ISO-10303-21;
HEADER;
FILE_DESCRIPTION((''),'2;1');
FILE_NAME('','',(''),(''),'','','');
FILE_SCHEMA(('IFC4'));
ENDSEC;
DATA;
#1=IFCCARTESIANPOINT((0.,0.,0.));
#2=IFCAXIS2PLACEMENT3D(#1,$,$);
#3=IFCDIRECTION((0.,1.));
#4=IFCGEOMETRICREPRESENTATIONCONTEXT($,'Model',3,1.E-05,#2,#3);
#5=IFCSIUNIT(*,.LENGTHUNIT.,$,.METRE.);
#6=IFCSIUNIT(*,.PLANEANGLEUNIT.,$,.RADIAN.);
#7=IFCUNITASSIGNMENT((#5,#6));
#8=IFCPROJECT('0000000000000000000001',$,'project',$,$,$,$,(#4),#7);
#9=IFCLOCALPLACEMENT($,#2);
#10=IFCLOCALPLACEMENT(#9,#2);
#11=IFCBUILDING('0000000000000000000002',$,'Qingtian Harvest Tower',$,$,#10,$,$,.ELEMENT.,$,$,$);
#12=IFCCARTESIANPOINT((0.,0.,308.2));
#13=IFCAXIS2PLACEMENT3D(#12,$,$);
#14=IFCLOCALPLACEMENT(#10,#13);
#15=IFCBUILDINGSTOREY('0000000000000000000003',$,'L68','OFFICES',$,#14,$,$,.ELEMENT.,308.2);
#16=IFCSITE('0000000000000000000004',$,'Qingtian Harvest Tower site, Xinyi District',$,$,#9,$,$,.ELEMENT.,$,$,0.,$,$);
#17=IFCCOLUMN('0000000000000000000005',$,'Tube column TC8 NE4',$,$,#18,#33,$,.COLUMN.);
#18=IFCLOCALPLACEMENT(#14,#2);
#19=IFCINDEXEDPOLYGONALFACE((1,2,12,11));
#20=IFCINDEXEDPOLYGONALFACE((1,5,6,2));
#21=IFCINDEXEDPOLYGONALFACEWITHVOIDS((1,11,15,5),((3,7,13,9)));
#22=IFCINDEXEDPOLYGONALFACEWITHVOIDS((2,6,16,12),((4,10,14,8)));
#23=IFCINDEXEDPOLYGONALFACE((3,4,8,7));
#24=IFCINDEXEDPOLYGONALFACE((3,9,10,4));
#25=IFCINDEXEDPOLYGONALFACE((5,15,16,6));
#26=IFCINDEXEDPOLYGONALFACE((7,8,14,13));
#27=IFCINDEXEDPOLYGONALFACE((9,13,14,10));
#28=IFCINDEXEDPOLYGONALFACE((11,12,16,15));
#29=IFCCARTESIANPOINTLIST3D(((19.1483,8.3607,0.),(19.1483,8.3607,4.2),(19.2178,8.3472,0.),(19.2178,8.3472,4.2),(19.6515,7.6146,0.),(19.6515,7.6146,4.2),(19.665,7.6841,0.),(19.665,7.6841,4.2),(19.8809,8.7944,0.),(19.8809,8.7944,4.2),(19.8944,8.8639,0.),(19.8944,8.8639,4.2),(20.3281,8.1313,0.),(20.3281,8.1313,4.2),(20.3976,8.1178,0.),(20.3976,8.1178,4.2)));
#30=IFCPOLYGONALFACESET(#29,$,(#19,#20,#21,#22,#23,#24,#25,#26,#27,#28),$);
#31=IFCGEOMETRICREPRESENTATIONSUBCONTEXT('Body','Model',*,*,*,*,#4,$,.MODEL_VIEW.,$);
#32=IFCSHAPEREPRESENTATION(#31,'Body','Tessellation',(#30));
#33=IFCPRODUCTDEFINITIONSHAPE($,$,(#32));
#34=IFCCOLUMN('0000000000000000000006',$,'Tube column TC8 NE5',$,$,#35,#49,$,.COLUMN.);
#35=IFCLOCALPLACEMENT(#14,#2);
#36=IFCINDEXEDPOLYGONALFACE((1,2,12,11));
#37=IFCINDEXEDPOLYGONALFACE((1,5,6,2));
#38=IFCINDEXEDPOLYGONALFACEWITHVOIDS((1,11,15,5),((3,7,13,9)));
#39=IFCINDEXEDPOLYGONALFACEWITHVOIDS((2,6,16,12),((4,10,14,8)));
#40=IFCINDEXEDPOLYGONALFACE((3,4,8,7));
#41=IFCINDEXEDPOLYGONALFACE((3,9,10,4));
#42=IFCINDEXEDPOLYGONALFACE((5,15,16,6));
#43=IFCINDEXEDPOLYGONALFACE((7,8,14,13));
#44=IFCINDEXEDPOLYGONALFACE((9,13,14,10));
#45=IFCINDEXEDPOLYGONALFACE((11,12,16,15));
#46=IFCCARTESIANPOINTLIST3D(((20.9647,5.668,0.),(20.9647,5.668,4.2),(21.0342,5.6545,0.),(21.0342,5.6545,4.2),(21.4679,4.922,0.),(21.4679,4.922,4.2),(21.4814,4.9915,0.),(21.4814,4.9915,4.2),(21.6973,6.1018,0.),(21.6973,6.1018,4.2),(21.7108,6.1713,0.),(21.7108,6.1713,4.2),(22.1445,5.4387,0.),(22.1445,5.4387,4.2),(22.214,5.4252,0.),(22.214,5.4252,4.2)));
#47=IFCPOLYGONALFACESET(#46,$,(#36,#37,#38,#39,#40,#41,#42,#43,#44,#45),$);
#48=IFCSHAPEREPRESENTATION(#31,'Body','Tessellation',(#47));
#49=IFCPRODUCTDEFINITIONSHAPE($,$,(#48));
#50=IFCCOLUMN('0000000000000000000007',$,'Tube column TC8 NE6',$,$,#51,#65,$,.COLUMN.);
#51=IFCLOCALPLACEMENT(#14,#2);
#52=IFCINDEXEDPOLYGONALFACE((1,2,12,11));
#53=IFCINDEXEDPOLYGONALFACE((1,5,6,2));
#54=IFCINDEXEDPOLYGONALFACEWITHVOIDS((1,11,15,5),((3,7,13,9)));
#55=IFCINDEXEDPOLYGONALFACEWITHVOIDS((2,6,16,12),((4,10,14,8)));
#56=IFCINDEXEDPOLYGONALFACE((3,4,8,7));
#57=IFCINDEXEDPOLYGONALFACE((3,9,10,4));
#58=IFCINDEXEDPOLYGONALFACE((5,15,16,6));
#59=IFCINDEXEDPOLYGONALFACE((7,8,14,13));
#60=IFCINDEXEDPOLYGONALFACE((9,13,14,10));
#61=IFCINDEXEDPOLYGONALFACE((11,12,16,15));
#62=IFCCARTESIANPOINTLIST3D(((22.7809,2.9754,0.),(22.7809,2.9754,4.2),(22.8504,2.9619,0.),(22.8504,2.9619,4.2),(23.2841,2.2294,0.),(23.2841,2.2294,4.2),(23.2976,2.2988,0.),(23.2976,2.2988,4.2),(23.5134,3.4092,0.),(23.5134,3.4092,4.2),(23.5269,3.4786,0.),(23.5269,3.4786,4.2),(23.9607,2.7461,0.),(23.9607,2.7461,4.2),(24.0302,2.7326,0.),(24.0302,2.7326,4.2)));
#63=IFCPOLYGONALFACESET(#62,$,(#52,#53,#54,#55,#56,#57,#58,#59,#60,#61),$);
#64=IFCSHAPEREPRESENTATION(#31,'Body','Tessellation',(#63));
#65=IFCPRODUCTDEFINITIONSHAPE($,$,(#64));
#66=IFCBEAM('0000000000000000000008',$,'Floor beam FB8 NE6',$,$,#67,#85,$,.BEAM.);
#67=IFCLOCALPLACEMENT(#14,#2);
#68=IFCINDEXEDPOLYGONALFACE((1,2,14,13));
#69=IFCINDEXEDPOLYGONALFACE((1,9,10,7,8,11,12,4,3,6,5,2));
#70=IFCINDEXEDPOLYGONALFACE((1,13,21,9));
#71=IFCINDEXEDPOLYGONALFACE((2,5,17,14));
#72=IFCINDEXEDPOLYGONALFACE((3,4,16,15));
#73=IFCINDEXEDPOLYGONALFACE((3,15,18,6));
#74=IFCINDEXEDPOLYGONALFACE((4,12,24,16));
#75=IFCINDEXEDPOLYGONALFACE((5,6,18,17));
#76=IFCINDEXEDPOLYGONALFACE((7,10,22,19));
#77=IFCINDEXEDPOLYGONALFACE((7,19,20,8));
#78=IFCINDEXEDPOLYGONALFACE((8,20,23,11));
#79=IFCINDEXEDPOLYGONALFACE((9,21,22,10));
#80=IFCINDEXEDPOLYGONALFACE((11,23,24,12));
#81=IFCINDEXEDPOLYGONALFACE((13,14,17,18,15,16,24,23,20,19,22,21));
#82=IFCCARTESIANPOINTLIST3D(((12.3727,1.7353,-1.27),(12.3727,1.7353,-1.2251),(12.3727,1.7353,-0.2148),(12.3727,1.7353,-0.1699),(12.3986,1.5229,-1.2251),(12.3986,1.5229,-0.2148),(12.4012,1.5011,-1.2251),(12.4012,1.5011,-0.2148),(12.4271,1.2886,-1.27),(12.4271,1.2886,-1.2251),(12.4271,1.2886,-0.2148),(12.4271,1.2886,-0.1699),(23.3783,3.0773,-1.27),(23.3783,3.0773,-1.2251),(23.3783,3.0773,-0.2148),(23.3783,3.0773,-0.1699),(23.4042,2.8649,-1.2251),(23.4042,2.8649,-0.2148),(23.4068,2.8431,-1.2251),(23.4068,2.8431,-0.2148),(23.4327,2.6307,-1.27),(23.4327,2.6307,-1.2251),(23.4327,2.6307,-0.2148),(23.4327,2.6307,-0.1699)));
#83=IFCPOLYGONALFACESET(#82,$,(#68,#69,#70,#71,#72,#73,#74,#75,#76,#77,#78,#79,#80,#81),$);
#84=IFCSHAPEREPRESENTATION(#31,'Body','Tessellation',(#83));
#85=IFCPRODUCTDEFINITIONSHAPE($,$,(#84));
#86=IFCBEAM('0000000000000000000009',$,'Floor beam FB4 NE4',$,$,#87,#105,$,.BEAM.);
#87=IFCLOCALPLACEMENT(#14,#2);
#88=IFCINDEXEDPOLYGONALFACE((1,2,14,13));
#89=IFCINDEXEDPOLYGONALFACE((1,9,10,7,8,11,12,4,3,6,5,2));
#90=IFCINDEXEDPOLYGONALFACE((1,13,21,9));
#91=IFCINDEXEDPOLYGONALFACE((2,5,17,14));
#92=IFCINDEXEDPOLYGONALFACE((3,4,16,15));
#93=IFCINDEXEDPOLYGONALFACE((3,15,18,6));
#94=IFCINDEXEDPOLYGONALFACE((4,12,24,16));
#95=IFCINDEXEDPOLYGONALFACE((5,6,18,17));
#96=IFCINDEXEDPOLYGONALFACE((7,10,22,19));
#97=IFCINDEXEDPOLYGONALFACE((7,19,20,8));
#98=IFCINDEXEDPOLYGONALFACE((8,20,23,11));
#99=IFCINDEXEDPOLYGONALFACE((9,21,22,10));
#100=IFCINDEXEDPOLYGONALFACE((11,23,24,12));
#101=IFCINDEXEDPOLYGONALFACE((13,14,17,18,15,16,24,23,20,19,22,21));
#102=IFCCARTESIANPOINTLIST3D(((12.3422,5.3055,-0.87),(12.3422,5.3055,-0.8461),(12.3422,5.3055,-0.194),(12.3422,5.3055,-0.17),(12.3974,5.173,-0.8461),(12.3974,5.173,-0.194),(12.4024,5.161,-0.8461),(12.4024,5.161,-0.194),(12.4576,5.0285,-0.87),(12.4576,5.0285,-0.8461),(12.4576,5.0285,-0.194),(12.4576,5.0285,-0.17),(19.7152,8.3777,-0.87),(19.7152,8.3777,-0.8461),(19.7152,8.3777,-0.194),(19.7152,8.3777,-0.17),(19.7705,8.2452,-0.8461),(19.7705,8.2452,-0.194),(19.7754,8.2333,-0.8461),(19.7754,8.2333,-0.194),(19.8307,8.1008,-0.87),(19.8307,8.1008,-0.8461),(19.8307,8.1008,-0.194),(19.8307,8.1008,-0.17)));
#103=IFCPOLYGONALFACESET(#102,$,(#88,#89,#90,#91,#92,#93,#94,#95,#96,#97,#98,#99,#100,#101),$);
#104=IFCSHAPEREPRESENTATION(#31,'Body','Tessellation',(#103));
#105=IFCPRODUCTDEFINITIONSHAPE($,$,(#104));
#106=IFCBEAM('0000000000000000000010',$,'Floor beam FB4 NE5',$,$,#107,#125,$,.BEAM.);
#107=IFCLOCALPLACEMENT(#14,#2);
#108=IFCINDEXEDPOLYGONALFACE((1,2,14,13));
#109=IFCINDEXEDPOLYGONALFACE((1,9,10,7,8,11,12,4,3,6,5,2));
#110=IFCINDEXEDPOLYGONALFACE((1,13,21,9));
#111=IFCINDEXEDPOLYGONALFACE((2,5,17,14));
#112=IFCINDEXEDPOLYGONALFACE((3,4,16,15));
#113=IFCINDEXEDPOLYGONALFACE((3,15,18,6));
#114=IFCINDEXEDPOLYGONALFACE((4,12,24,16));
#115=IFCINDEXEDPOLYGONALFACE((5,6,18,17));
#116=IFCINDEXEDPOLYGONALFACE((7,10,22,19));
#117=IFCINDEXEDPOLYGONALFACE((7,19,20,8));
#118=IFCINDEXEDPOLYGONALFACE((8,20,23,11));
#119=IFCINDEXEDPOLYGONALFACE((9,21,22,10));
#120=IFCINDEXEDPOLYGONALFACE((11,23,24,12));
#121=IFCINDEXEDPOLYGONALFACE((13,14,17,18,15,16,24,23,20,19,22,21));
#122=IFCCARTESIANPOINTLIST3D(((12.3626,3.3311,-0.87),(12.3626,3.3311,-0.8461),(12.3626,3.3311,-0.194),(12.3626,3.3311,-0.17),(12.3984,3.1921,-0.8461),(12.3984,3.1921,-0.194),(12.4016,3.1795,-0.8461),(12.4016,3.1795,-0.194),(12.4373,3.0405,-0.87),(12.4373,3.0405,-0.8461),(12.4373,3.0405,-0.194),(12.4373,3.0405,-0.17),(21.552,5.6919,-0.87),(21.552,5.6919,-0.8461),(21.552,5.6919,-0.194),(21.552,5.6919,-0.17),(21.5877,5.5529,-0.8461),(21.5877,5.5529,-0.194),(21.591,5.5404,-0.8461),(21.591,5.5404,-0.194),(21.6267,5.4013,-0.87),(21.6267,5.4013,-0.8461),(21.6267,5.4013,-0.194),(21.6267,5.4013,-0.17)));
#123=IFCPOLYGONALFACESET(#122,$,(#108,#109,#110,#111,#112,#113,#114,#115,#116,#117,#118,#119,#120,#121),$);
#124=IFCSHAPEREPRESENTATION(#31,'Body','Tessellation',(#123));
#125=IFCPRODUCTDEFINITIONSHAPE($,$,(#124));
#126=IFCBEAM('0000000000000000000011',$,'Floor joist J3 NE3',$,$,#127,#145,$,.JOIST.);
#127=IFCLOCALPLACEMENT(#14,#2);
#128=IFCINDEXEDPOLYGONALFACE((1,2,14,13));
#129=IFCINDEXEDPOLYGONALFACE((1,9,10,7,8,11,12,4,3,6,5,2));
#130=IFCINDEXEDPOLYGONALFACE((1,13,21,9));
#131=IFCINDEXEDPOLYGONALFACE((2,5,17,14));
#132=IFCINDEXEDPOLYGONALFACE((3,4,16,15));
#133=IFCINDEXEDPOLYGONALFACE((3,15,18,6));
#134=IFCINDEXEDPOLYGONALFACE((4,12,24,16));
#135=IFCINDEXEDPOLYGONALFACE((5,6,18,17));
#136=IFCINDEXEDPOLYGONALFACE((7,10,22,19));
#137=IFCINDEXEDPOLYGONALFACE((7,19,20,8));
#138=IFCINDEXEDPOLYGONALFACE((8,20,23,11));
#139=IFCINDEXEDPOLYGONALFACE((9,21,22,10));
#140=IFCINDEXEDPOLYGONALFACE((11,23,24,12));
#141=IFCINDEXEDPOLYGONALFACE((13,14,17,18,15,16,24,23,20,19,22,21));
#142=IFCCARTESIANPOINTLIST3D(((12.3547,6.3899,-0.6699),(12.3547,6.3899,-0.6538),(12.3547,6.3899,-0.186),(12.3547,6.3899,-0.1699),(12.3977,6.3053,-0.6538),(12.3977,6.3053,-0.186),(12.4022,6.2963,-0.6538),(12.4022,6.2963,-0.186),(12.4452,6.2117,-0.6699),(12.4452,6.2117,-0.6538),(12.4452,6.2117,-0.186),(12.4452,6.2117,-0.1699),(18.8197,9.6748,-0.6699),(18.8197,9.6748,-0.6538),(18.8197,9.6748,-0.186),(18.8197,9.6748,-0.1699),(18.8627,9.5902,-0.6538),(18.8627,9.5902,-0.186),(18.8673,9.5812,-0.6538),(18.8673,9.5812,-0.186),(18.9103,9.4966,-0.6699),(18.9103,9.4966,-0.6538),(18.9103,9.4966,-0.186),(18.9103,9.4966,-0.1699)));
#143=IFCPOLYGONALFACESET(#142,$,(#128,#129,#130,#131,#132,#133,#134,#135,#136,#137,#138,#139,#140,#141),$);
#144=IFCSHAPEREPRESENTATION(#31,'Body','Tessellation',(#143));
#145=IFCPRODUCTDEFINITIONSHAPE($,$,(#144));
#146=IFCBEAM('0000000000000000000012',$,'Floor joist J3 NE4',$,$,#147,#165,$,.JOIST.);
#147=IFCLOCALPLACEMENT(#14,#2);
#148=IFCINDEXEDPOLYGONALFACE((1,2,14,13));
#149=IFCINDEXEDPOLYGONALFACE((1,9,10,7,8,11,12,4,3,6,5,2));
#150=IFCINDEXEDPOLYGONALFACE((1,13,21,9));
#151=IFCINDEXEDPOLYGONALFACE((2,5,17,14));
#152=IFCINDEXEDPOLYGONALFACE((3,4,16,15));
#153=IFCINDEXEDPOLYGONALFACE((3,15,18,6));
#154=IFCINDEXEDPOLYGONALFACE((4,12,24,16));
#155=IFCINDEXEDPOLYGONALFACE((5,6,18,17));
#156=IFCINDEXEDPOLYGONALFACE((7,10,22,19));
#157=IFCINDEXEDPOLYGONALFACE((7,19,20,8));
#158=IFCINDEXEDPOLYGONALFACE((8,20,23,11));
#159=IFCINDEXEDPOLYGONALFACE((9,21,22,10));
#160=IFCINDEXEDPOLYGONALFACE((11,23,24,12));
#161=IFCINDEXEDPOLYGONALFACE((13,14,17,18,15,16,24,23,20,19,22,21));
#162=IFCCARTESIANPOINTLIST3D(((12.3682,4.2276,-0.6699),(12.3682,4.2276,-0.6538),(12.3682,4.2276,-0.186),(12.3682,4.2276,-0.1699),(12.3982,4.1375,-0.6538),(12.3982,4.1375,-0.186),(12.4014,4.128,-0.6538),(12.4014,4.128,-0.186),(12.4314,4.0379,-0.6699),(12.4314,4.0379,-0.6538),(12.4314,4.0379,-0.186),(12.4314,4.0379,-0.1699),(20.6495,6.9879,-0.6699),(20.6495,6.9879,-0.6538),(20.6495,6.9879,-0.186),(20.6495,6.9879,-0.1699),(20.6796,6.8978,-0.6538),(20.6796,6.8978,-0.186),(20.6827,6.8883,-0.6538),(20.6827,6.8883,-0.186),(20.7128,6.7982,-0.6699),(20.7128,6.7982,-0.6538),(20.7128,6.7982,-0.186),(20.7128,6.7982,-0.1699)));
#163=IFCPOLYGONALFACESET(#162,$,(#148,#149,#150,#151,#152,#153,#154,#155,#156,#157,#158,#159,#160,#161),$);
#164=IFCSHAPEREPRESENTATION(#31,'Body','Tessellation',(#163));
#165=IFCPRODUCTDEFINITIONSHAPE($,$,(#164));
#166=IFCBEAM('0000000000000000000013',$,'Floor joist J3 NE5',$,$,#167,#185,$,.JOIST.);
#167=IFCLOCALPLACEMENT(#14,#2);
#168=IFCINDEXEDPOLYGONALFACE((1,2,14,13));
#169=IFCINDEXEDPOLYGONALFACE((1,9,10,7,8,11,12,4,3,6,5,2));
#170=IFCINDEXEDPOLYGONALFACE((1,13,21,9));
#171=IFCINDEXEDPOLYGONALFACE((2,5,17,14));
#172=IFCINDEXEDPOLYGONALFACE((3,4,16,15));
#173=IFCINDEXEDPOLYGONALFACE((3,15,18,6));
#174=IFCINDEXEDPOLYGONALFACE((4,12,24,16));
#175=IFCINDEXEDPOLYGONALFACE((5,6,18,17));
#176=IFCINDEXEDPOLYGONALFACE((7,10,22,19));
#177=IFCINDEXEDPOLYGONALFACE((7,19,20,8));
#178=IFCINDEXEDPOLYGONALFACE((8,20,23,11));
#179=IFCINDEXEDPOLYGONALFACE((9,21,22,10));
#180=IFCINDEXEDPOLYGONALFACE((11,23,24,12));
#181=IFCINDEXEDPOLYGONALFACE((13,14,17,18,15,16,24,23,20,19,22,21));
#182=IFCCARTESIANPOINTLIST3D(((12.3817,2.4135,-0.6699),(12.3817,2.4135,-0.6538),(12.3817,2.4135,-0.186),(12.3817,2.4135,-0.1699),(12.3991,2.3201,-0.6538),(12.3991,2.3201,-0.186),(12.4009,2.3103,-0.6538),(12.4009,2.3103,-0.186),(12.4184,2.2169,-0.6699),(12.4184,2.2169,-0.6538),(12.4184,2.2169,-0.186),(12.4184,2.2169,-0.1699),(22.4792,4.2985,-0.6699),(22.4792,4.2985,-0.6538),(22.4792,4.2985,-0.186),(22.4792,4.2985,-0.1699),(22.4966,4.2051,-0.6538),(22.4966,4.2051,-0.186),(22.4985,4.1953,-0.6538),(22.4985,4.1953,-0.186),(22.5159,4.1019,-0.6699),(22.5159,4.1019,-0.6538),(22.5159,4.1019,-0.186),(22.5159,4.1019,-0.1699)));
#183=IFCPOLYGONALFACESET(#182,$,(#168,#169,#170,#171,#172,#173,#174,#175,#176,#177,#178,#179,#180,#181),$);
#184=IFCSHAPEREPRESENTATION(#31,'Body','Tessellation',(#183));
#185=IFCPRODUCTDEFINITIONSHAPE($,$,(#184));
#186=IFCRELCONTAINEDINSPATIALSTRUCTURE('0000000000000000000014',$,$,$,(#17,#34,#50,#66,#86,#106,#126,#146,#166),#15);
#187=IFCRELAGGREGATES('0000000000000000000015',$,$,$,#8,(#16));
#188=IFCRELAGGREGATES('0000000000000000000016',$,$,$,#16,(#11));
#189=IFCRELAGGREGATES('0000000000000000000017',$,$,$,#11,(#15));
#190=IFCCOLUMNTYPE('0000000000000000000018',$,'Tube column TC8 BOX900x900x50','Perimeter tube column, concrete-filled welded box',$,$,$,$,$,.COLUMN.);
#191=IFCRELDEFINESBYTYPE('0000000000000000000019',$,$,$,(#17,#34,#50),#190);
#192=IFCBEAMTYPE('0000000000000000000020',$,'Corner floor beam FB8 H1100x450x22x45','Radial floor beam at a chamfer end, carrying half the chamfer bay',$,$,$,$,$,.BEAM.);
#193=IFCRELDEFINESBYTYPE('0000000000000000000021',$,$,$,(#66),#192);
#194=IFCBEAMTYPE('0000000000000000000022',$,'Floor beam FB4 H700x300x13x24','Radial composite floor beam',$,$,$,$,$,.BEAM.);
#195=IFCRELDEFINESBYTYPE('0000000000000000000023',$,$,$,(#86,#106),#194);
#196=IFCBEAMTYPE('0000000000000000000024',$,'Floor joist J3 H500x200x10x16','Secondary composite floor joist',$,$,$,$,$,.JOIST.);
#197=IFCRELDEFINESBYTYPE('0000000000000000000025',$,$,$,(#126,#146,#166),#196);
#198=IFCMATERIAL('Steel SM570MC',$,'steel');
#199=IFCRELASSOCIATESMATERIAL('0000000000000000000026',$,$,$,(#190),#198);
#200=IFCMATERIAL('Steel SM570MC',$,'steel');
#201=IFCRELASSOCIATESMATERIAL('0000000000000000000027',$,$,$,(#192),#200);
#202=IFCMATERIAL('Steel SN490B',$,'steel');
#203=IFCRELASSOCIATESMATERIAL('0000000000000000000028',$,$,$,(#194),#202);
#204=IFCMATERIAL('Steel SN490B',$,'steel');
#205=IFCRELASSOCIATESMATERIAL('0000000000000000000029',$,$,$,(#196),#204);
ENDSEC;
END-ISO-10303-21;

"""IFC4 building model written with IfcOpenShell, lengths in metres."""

from ifc_helpers import new_model, si_unit, direction, frame, origin, origin_2d, place, context, subcontext, project, spatial, hollow_rectangle, i_section, extrude, material, material_profile, profile_set, type_object, element, save


model = new_model("IFC4")

# Units and contexts
model_context = context("Model", 3, precision=1e-05, world=origin(), true_north=direction((0.0, 1.0)))
body_context = subcontext(model_context, "Body", "Model", "MODEL_VIEW")
ifc_project = project(units=[si_unit("LENGTHUNIT", "METRE"), si_unit("PLANEANGLEUNIT", "RADIAN")], contexts=[model_context])

# Site, building, storey
site_placement = place(None, origin())
site = spatial("IfcSite", under=ifc_project, at=site_placement, Name="Qingtian Harvest Tower site, Xinyi District", CompositionType="ELEMENT", RefElevation=0.0)
building_placement = place(site_placement, origin())
building = spatial("IfcBuilding", under=site, at=building_placement, Name="Qingtian Harvest Tower", CompositionType="ELEMENT")
storey_placement = place(building_placement, frame((0.0, 0.0, 308.2)))
storey = spatial("IfcBuildingStorey", under=building, at=storey_placement, Name="L68", Description="OFFICES", CompositionType="ELEMENT", Elevation=308.2)

# Columns
ifc_material_1 = material(Name="Steel SM570MC", Category="steel")
ifc_material_profile_1 = material_profile(ifc_material_1, hollow_rectangle(XDim=0.8999, YDim=0.8999, WallThickness=0.05, at=origin_2d()), Name="BOX900x900x50")
ifc_profile_set_1 = profile_set([ifc_material_profile_1], Name="Steel SM570MC")
column_type = type_object("IfcColumnType", Name="Tube column TC8 BOX900x900x50", Description="Perimeter tube column, concrete-filled welded box", PredefinedType="COLUMN", material=ifc_profile_set_1)
for number, where, z_axis, x_axis, name in (
    (1, (19.7729, 8.2393, 0.0), (0.0, 0.0, 1.0), (-0.559193, 0.829038, 0.0), "Tube column TC8 NE4"),
    (2, (21.5894, 5.5466, 0.0), (0.0, 0.0, 1.0), (-0.559193, 0.829038, 0.0), "Tube column TC8 NE5"),
    (3, (23.4055, 2.854, 0.0), (0.0, 0.0, 1.0), (-0.559193, 0.829038, 0.0), "Tube column TC8 NE6"),
):
    element("IfcColumn", number, at=place(storey_placement, frame(where, z_axis=z_axis, x_axis=x_axis)), inside=storey, type_object=column_type, Name=name, PredefinedType="COLUMN", context=body_context, shape_type="SweptSolid", body=[
        extrude(hollow_rectangle(XDim=0.8999, YDim=0.8999, WallThickness=0.05, at=origin_2d()), origin(), (0.0, 0.0, 1.0), 4.2),
    ])

# Beams
ifc_material_2 = material(Name="Steel SM570MC", Category="steel")
ifc_material_profile_2 = material_profile(ifc_material_2, i_section(OverallWidth=0.45, OverallDepth=1.1001, WebThickness=0.022, FlangeThickness=0.0449, at=origin_2d()), Name="H1100x450x22x45")
ifc_profile_set_2 = profile_set([ifc_material_profile_2], Name="Steel SM570MC")
beam_type_1 = type_object("IfcBeamType", Name="Corner floor beam FB8 H1100x450x22x45", Description="Radial floor beam at a chamfer end, carrying half the chamfer bay", PredefinedType="BEAM", material=ifc_profile_set_2)
beam_1_placement = place(storey_placement, frame((23.4055, 2.854, -0.72), z_axis=(-0.992647, -0.121045, 0.0), x_axis=(0.121045, -0.992647, 0.0)))
element("IfcBeam", 4, at=beam_1_placement, inside=storey, type_object=beam_type_1, Name="Floor beam FB8 NE6", PredefinedType="BEAM", context=body_context, shape_type="SweptSolid", body=[
    extrude(i_section(OverallWidth=0.45, OverallDepth=1.1001, WebThickness=0.022, FlangeThickness=0.0449, at=origin_2d()), origin(), (0.0, 0.0, 1.0), 11.0872),
])
ifc_material_3 = material(Name="Steel SN490B", Category="steel")
ifc_material_profile_3 = material_profile(ifc_material_3, i_section(OverallWidth=0.3, OverallDepth=0.7, WebThickness=0.0129, FlangeThickness=0.0239, at=origin_2d()), Name="H700x300x13x24")
ifc_profile_set_3 = profile_set([ifc_material_profile_3], Name="Steel SN490B")
beam_type_2 = type_object("IfcBeamType", Name="Floor beam FB4 H700x300x13x24", Description="Radial composite floor beam", PredefinedType="BEAM", material=ifc_profile_set_3)
beam_2_placement = place(storey_placement, frame((19.7729, 8.2393, -0.52), z_axis=(-0.92307, -0.384633, 0.0), x_axis=(0.384633, -0.92307, 0.0)))
element("IfcBeam", 5, at=beam_2_placement, inside=storey, type_object=beam_type_2, Name="Floor beam FB4 NE4", PredefinedType="BEAM", context=body_context, shape_type="SweptSolid", body=[
    extrude(i_section(OverallWidth=0.3, OverallDepth=0.7, WebThickness=0.0129, FlangeThickness=0.0239, at=origin_2d()), origin(), (0.0, 0.0, 1.0), 7.9875),
])
beam_3_placement = place(storey_placement, frame((21.5894, 5.5466, -0.52), z_axis=(-0.968548, -0.248827, 0.0), x_axis=(0.248827, -0.968548, 0.0)))
element("IfcBeam", 6, at=beam_3_placement, inside=storey, type_object=beam_type_2, Name="Floor beam FB4 NE5", PredefinedType="BEAM", context=body_context, shape_type="SweptSolid", body=[
    extrude(i_section(OverallWidth=0.3, OverallDepth=0.7, WebThickness=0.0129, FlangeThickness=0.0239, at=origin_2d()), origin(), (0.0, 0.0, 1.0), 9.4878),
])
ifc_material_4 = material(Name="Steel SN490B", Category="steel")
ifc_material_profile_4 = material_profile(ifc_material_4, i_section(OverallWidth=0.2, OverallDepth=0.5, WebThickness=0.01, FlangeThickness=0.0161, at=origin_2d()), Name="H500x200x10x16")
ifc_profile_set_4 = profile_set([ifc_material_profile_4], Name="Steel SN490B")
beam_type_3 = type_object("IfcBeamType", Name="Floor joist J3 H500x200x10x16", Description="Secondary composite floor joist", PredefinedType="JOIST", material=ifc_profile_set_4)
beam_4_placement = place(storey_placement, frame((18.865, 9.5857, -0.4199), z_axis=(-0.89152, -0.452981, 0.0), x_axis=(0.452981, -0.89152, 0.0)))
element("IfcBeam", 7, at=beam_4_placement, inside=storey, type_object=beam_type_3, Name="Floor joist J3 NE3", PredefinedType="JOIST", context=body_context, shape_type="SweptSolid", body=[
    extrude(i_section(OverallWidth=0.2, OverallDepth=0.5, WebThickness=0.01, FlangeThickness=0.0161, at=origin_2d()), origin(), (0.0, 0.0, 1.0), 7.2517),
])
beam_5_placement = place(storey_placement, frame((20.6812, 6.8931, -0.4199), z_axis=(-0.948689, -0.316211, 0.0), x_axis=(0.316211, -0.948689, 0.0)))
element("IfcBeam", 8, at=beam_5_placement, inside=storey, type_object=beam_type_3, Name="Floor joist J3 NE4", PredefinedType="JOIST", context=body_context, shape_type="SweptSolid", body=[
    extrude(i_section(OverallWidth=0.2, OverallDepth=0.5, WebThickness=0.01, FlangeThickness=0.0161, at=origin_2d()), origin(), (0.0, 0.0, 1.0), 8.7292),
])
beam_6_placement = place(storey_placement, frame((22.4976, 4.2002, -0.4199), z_axis=(-0.983018, -0.183508, 0.0), x_axis=(0.183508, -0.983018, 0.0)))
element("IfcBeam", 9, at=beam_6_placement, inside=storey, type_object=beam_type_3, Name="Floor joist J3 NE5", PredefinedType="JOIST", context=body_context, shape_type="SweptSolid", body=[
    extrude(i_section(OverallWidth=0.2, OverallDepth=0.5, WebThickness=0.01, FlangeThickness=0.0161, at=origin_2d()), origin(), (0.0, 0.0, 1.0), 10.272),
])

save(model, "model.ifc")
